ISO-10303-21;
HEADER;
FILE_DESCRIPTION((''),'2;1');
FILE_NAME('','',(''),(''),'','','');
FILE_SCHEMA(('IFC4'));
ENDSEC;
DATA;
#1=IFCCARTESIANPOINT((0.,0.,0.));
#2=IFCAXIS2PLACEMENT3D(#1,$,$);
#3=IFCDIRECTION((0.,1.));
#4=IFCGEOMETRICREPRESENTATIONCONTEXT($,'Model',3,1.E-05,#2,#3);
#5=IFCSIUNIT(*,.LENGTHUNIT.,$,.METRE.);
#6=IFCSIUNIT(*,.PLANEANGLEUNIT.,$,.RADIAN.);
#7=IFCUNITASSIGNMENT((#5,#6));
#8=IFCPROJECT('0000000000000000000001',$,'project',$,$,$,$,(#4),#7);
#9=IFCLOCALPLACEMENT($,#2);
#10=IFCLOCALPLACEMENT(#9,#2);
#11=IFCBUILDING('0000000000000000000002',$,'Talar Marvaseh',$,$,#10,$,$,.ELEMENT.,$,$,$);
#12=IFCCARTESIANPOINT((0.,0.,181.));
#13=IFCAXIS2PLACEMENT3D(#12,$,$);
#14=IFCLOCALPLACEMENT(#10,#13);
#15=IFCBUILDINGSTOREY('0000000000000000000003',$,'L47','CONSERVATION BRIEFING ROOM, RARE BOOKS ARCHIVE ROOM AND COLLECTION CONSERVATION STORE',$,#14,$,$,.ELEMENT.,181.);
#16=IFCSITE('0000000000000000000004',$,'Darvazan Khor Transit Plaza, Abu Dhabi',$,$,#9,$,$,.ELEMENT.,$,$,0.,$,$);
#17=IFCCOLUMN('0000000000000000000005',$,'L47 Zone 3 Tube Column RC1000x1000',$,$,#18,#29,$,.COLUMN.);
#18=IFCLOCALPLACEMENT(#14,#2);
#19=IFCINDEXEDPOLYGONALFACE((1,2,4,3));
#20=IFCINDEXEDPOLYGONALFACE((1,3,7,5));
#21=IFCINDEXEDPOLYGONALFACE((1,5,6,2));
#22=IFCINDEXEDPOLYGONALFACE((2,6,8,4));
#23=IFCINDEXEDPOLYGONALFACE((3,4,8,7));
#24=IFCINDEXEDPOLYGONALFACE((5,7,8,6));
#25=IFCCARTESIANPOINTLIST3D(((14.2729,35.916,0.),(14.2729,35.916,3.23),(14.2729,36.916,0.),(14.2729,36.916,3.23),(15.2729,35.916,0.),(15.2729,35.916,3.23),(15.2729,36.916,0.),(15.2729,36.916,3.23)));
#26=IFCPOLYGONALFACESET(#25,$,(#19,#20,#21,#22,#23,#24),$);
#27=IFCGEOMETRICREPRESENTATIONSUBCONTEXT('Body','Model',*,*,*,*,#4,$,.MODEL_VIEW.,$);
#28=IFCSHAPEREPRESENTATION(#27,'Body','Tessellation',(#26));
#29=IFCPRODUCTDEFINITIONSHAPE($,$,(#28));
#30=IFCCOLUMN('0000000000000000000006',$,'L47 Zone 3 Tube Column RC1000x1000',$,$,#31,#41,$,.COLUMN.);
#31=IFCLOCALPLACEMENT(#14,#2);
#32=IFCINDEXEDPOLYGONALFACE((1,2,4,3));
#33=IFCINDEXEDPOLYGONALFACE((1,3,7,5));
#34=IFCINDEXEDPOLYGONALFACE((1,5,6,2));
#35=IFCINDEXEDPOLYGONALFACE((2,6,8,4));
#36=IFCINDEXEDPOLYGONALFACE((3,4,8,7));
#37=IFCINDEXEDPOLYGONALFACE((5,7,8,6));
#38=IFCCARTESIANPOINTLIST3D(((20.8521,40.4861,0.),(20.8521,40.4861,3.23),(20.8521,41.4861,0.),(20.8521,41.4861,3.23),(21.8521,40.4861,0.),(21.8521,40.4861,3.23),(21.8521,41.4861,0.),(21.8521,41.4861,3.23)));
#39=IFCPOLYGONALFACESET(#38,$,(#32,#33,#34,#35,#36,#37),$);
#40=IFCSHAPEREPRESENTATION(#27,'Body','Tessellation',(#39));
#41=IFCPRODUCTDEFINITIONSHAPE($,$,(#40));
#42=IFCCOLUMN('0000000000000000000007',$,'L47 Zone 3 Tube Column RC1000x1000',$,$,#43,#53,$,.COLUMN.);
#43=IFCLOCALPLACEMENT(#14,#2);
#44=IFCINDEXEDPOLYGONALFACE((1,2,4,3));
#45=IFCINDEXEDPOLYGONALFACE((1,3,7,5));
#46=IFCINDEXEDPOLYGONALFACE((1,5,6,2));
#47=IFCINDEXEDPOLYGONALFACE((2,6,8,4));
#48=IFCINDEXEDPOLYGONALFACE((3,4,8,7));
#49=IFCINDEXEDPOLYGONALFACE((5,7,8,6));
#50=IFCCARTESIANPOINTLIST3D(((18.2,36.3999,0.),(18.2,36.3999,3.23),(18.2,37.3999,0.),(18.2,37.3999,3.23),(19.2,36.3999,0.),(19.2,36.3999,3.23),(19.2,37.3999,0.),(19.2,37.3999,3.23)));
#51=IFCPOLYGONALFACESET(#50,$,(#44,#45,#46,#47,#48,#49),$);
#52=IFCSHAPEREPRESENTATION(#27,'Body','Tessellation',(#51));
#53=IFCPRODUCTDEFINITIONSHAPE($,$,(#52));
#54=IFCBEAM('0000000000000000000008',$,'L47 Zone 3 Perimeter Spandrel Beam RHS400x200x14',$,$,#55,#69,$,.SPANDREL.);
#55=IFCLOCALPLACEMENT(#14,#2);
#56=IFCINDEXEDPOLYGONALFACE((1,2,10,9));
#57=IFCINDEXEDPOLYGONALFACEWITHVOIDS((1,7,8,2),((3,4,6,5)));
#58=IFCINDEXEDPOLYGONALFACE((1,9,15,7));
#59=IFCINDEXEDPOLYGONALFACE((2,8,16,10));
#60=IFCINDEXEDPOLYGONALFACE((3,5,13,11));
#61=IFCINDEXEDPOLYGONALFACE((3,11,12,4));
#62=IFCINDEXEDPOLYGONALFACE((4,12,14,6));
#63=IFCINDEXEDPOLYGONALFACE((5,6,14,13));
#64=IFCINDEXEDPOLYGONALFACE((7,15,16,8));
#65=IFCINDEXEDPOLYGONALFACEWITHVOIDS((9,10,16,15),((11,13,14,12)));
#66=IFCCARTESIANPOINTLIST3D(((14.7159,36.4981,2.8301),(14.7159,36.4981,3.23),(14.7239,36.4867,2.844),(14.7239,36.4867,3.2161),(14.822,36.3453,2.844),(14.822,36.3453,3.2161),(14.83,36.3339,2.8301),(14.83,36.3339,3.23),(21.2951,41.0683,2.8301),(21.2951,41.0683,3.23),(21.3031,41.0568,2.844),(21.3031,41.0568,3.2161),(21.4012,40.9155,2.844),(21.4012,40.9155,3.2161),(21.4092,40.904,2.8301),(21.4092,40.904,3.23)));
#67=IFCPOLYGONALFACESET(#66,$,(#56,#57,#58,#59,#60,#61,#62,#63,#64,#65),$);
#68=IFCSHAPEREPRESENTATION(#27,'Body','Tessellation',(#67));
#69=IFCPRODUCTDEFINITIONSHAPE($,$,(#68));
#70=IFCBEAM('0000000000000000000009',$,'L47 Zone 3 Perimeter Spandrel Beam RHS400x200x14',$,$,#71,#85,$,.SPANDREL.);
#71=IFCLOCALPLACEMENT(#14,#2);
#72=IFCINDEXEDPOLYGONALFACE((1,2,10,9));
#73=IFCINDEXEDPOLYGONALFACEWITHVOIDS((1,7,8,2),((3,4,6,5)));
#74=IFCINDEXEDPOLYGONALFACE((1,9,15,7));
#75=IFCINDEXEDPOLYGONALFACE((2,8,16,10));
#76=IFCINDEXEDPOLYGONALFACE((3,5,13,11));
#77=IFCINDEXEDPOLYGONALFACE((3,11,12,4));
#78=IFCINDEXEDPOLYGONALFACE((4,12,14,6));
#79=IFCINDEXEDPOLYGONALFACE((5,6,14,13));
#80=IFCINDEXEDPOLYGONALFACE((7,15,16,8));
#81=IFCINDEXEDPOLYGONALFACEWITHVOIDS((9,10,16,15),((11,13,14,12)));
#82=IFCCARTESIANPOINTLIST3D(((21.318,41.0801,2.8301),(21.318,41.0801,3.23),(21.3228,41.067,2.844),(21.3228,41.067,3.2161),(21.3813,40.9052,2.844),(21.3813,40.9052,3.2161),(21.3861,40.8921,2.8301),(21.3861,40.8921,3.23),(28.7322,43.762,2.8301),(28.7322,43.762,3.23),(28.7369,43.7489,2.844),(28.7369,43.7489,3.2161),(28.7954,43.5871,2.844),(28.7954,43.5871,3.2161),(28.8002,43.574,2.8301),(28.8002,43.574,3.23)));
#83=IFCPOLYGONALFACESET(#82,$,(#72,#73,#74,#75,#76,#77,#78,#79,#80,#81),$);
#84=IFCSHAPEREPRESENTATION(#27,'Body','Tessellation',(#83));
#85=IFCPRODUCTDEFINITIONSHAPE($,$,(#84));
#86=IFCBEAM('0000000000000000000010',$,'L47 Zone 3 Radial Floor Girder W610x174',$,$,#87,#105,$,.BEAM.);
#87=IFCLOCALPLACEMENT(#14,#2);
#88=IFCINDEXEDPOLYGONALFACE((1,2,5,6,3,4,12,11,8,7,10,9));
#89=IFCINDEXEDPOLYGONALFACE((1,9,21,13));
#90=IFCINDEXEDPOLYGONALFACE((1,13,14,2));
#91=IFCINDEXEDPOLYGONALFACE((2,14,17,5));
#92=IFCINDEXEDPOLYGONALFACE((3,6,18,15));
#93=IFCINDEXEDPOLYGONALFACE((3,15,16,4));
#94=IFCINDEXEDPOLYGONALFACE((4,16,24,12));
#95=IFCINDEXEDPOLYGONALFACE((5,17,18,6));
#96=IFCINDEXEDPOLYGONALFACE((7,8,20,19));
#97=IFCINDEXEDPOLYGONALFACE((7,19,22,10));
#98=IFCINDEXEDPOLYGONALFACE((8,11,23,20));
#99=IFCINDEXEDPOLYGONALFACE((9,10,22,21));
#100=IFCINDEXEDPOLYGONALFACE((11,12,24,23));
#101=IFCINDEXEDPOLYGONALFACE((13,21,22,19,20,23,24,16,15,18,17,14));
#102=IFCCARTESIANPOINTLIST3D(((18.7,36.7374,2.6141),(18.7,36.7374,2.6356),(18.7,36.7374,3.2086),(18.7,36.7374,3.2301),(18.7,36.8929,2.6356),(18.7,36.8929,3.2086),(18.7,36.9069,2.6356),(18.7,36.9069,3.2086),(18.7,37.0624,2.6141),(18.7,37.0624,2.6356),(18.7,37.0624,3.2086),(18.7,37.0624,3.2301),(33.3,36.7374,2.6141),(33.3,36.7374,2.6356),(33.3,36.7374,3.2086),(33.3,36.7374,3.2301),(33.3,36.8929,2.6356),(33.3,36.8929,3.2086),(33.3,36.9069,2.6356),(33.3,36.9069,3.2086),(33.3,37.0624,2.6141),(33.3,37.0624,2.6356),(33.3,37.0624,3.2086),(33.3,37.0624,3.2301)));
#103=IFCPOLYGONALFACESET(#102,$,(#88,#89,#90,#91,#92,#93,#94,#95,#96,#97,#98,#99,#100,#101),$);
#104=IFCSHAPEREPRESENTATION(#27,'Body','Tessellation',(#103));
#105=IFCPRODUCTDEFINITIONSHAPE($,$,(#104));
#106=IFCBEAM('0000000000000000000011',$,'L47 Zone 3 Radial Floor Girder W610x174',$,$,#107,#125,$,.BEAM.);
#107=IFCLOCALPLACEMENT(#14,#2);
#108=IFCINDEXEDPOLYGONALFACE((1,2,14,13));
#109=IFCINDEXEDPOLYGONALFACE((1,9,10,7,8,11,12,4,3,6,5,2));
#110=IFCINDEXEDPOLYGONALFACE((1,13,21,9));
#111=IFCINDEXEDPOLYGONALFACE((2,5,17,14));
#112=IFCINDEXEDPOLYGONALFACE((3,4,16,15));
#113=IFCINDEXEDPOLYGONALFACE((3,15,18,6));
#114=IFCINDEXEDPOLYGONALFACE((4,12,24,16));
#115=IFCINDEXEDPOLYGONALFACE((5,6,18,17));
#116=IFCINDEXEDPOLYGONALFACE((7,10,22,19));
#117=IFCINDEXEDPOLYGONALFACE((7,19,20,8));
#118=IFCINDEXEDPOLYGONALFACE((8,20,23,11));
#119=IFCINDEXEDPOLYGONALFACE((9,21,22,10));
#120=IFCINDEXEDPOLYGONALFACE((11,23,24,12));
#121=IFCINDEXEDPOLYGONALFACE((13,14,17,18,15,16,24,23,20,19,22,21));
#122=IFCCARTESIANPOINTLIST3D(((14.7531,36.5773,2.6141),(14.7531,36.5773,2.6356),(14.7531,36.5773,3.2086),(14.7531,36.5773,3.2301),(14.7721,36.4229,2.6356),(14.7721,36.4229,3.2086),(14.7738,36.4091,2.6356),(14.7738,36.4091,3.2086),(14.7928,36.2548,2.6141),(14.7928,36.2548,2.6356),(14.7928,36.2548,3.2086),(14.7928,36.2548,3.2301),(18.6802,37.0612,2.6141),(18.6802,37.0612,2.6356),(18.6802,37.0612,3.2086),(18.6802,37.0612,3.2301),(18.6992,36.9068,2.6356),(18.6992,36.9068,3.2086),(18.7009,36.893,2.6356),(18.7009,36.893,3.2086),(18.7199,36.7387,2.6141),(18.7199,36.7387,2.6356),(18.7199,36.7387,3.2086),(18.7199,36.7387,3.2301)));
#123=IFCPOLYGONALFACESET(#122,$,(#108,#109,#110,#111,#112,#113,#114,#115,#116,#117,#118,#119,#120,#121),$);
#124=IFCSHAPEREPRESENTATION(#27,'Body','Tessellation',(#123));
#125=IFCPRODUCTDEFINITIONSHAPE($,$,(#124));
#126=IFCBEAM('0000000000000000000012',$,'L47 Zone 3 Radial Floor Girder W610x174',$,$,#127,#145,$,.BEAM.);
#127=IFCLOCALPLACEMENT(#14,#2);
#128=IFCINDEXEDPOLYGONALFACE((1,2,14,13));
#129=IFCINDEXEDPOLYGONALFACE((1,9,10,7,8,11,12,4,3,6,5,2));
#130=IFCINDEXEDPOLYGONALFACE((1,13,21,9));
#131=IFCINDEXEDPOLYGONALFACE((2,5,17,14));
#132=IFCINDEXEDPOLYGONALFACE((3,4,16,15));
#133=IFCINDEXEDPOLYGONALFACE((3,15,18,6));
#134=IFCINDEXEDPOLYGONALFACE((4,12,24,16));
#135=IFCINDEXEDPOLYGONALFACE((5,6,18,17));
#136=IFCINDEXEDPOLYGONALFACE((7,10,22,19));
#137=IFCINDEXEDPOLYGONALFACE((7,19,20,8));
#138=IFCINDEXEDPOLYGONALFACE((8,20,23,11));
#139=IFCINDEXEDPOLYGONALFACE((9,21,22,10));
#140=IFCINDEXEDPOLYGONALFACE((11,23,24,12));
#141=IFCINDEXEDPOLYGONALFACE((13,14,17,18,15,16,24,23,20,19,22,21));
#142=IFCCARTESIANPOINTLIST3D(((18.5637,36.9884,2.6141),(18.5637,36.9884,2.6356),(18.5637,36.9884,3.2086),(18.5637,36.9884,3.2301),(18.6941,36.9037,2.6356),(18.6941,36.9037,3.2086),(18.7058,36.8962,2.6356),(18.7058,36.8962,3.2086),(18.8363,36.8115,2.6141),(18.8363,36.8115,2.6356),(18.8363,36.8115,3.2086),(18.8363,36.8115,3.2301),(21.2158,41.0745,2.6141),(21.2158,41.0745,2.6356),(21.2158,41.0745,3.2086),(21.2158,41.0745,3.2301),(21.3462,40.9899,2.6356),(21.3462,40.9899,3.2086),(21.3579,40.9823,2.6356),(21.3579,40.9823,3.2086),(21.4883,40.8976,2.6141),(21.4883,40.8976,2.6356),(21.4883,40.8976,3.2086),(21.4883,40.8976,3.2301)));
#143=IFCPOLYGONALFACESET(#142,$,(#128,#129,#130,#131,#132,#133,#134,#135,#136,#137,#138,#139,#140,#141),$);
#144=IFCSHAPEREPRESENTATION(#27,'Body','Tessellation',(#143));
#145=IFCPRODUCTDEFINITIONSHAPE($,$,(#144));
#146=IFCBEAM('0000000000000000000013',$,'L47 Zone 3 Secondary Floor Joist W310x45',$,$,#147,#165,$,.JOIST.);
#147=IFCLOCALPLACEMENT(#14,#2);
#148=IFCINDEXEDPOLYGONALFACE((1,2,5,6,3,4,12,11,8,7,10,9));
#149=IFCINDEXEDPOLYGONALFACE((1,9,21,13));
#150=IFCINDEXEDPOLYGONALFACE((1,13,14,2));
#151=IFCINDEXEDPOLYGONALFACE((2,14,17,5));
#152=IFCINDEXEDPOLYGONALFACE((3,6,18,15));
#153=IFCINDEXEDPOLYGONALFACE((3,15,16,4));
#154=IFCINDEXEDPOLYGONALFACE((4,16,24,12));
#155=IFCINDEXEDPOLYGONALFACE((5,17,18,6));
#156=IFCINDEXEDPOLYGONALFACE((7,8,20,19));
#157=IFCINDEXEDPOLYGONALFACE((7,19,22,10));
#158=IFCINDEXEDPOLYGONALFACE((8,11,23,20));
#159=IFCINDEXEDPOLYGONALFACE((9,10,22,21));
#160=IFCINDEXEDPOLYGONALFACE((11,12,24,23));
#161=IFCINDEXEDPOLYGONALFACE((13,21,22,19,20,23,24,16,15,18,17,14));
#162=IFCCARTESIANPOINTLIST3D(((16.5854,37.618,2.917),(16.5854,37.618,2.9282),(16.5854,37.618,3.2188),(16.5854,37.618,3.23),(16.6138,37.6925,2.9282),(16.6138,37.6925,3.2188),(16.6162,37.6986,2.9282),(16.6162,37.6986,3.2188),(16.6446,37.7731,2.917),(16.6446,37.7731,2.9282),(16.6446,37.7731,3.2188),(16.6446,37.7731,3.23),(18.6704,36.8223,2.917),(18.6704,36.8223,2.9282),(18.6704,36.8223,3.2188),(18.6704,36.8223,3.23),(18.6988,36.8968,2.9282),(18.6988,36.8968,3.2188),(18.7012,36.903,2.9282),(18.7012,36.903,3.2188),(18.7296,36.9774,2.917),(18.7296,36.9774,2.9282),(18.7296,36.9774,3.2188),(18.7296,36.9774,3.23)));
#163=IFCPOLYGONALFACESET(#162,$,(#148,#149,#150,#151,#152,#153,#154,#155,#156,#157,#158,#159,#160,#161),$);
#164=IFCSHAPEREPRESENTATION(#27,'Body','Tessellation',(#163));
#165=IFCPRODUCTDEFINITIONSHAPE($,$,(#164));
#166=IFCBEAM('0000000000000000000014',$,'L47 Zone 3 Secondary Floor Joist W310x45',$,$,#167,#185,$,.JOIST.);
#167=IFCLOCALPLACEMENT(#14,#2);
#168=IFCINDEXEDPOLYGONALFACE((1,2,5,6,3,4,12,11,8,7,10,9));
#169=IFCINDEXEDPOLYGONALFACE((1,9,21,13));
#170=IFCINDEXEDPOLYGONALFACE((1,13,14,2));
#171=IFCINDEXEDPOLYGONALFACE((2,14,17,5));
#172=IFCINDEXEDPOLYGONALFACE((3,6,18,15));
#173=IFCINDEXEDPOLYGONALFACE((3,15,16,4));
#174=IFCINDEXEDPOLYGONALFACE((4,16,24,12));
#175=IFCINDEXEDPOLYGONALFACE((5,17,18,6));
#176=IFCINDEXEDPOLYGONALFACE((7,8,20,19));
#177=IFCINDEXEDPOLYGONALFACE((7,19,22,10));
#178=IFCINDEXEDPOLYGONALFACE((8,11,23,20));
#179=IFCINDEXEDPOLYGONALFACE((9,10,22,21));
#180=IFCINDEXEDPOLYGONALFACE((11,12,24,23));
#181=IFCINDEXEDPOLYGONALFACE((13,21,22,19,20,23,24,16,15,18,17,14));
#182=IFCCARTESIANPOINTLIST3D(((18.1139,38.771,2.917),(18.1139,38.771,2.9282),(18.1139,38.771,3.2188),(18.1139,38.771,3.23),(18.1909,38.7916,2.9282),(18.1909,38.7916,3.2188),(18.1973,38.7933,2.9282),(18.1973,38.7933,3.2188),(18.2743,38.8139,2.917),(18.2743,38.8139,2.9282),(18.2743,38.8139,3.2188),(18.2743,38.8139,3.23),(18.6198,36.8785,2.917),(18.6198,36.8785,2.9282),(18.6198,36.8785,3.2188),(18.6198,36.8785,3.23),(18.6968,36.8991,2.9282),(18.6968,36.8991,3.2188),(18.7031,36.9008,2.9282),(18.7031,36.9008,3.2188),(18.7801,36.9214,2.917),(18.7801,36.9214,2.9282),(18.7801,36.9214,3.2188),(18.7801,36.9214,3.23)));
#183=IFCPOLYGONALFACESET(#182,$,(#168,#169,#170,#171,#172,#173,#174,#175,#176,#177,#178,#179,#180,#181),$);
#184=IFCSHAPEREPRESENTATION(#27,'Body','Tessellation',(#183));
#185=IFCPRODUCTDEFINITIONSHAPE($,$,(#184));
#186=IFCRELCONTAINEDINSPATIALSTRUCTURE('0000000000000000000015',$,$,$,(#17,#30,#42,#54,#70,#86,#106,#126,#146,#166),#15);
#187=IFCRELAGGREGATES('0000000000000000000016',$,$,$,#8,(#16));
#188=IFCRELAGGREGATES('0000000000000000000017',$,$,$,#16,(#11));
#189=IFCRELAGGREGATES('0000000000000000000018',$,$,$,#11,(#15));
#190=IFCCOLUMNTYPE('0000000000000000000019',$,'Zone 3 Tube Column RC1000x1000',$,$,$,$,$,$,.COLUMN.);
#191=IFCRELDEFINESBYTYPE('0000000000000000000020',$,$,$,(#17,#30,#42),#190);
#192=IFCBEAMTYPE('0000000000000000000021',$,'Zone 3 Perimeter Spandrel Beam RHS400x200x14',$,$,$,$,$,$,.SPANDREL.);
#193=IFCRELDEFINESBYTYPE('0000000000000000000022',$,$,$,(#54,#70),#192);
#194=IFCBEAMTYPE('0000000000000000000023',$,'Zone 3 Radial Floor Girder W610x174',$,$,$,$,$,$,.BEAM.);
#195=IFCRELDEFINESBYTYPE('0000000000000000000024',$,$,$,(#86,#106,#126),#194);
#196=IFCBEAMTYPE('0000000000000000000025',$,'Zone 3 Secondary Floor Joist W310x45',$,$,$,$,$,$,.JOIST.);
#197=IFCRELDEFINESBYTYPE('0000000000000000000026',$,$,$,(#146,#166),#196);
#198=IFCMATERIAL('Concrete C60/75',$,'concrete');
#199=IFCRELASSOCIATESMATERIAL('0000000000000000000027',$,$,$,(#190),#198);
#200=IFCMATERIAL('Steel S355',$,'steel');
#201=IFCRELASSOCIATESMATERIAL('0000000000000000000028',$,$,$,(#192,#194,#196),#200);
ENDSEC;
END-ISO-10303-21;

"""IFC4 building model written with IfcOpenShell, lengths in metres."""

from ifc_helpers import new_model, si_unit, direction, frame, origin, origin_2d, place, context, subcontext, project, spatial, rectangle, hollow_rectangle, i_section, extrude, material, material_profile, profile_set, type_object, element, save


model = new_model("IFC4")

# Units and contexts
model_context = context("Model", 3, precision=1e-05, world=origin(), true_north=direction((0.0, 1.0)))
body_context = subcontext(model_context, "Body", "Model", "MODEL_VIEW")
ifc_project = project(units=[si_unit("LENGTHUNIT", "METRE"), si_unit("PLANEANGLEUNIT", "RADIAN")], contexts=[model_context])

# Site, building, storey
site_placement = place(None, origin())
site = spatial("IfcSite", under=ifc_project, at=site_placement, Name="Darvazan Khor Transit Plaza, Abu Dhabi", CompositionType="ELEMENT", RefElevation=0.0)
building_placement = place(site_placement, origin())
building = spatial("IfcBuilding", under=site, at=building_placement, Name="Talar Marvaseh", CompositionType="ELEMENT")
storey_placement = place(building_placement, frame((0.0, 0.0, 181.0)))
storey = spatial("IfcBuildingStorey", under=building, at=storey_placement, Name="L47", Description="CONSERVATION BRIEFING ROOM, RARE BOOKS ARCHIVE ROOM AND COLLECTION CONSERVATION STORE", CompositionType="ELEMENT", Elevation=181.0)

# Columns
ifc_material_1 = material(Name="Concrete C60/75", Category="concrete")
ifc_material_profile_1 = material_profile(ifc_material_1, rectangle(XDim=1.0, YDim=1.0, at=origin_2d()), Name="RC1000x1000")
ifc_profile_set_1 = profile_set([ifc_material_profile_1], Name="Concrete C60/75")
column_type = type_object("IfcColumnType", Name="Zone 3 Tube Column RC1000x1000", PredefinedType="COLUMN", material=ifc_profile_set_1)
for number, where, z_axis, x_axis, name in (
    (1, (14.7729, 36.416, 0.0), (0.0, 0.0, 1.0), (1.0, 0.0, 0.0), "L47 Zone 3 Tube Column RC1000x1000"),
    (2, (21.3521, 40.9861, 0.0), (0.0, 0.0, 1.0), (1.0, 0.0, 0.0), "L47 Zone 3 Tube Column RC1000x1000"),
    (3, (18.7, 36.8999, 0.0), (0.0, 0.0, 1.0), (1.0, 0.0, 0.0), "L47 Zone 3 Tube Column RC1000x1000"),
):
    element("IfcColumn", number, at=place(storey_placement, frame(where, z_axis=z_axis, x_axis=x_axis)), inside=storey, type_object=column_type, Name=name, PredefinedType="COLUMN", context=body_context, shape_type="SweptSolid", body=[
        extrude(rectangle(XDim=1.0, YDim=1.0, at=origin_2d()), origin(), (0.0, 0.0, 1.0), 3.23),
    ])

# Beams
ifc_material_2 = material(Name="Steel S355", Category="steel")
ifc_material_profile_2 = material_profile(ifc_material_2, hollow_rectangle(XDim=0.2, YDim=0.3999, WallThickness=0.0139, at=origin_2d()), Name="RHS400x200x14")
ifc_profile_set_2 = profile_set([ifc_material_profile_2], Name="Steel S355")
beam_type_1 = type_object("IfcBeamType", Name="Zone 3 Perimeter Spandrel Beam RHS400x200x14", PredefinedType="SPANDREL", material=ifc_profile_set_2)
beam_1_placement = place(storey_placement, frame((14.7729, 36.416, 3.03), z_axis=(0.821297, 0.570501, 0.0), x_axis=(-0.570501, 0.821297, 0.0)))
element("IfcBeam", 4, at=beam_1_placement, inside=storey, type_object=beam_type_1, Name="L47 Zone 3 Perimeter Spandrel Beam RHS400x200x14", PredefinedType="SPANDREL", context=body_context, shape_type="SweptSolid", body=[
    extrude(hollow_rectangle(XDim=0.2, YDim=0.3999, WallThickness=0.0139, at=origin_2d()), origin(), (0.0, 0.0, 1.0), 8.0107),
])
beam_2_placement = place(storey_placement, frame((21.3521, 40.9861, 3.03), z_axis=(0.940368, 0.340159, 0.0), x_axis=(-0.340159, 0.940368, 0.0)))
element("IfcBeam", 5, at=beam_2_placement, inside=storey, type_object=beam_type_1, Name="L47 Zone 3 Perimeter Spandrel Beam RHS400x200x14", PredefinedType="SPANDREL", context=body_context, shape_type="SweptSolid", body=[
    extrude(hollow_rectangle(XDim=0.2, YDim=0.3999, WallThickness=0.0139, at=origin_2d()), origin(), (0.0, 0.0, 1.0), 7.8843),
])
ifc_material_profile_3 = material_profile(ifc_material_2, i_section(OverallWidth=0.325, OverallDepth=0.616, WebThickness=0.0139, FlangeThickness=0.0215, at=origin_2d()), Name="W610x174")
ifc_profile_set_3 = profile_set([ifc_material_profile_3], Name="Steel S355")
beam_type_2 = type_object("IfcBeamType", Name="Zone 3 Radial Floor Girder W610x174", PredefinedType="BEAM", material=ifc_profile_set_3)
beam_3_placement = place(storey_placement, frame((18.7, 36.8999, 2.9221), z_axis=(1.0, 0.0, 0.0), x_axis=(0.0, 1.0, 0.0)))
element("IfcBeam", 6, at=beam_3_placement, inside=storey, type_object=beam_type_2, Name="L47 Zone 3 Radial Floor Girder W610x174", PredefinedType="BEAM", context=body_context, shape_type="SweptSolid", body=[
    extrude(i_section(OverallWidth=0.325, OverallDepth=0.616, WebThickness=0.0139, FlangeThickness=0.0215, at=origin_2d()), origin(), (0.0, 0.0, 1.0), 14.6001),
])
beam_4_placement = place(storey_placement, frame((14.7729, 36.416, 2.9221), z_axis=(0.992494, 0.122295, 0.0), x_axis=(-0.122295, 0.992494, 0.0)))
element("IfcBeam", 7, at=beam_4_placement, inside=storey, type_object=beam_type_2, Name="L47 Zone 3 Radial Floor Girder W610x174", PredefinedType="BEAM", context=body_context, shape_type="SweptSolid", body=[
    extrude(i_section(OverallWidth=0.325, OverallDepth=0.616, WebThickness=0.0139, FlangeThickness=0.0215, at=origin_2d()), origin(), (0.0, 0.0, 1.0), 3.9568),
])
beam_5_placement = place(storey_placement, frame((21.3521, 40.9861, 2.9221), z_axis=(-0.544423, -0.838811, 0.0), x_axis=(0.838811, -0.544423, 0.0)))
element("IfcBeam", 8, at=beam_5_placement, inside=storey, type_object=beam_type_2, Name="L47 Zone 3 Radial Floor Girder W610x174", PredefinedType="BEAM", context=body_context, shape_type="SweptSolid", body=[
    extrude(i_section(OverallWidth=0.325, OverallDepth=0.616, WebThickness=0.0139, FlangeThickness=0.0215, at=origin_2d()), origin(), (0.0, 0.0, 1.0), 4.8713),
])
ifc_material_profile_4 = material_profile(ifc_material_2, i_section(OverallWidth=0.166, OverallDepth=0.313, WebThickness=0.0066, FlangeThickness=0.0112, at=origin_2d()), Name="W310x45")
ifc_profile_set_4 = profile_set([ifc_material_profile_4], Name="Steel S355")
beam_type_3 = type_object("IfcBeamType", Name="Zone 3 Secondary Floor Joist W310x45", PredefinedType="JOIST", material=ifc_profile_set_4)
beam_6_placement = place(storey_placement, frame((16.615, 37.6956, 3.0735), z_axis=(0.934281, -0.356537, 0.0), x_axis=(0.356537, 0.934281, 0.0)))
element("IfcBeam", 9, at=beam_6_placement, inside=storey, type_object=beam_type_3, Name="L47 Zone 3 Secondary Floor Joist W310x45", PredefinedType="JOIST", context=body_context, shape_type="SweptSolid", body=[
    extrude(i_section(OverallWidth=0.166, OverallDepth=0.313, WebThickness=0.0066, FlangeThickness=0.0112, at=origin_2d()), origin(), (0.0, 0.0, 1.0), 2.2317),
])
beam_7_placement = place(storey_placement, frame((18.1941, 38.7925, 3.0735), z_axis=(0.258221, -0.966086, 0.0), x_axis=(0.966086, 0.258221, 0.0)))
element("IfcBeam", 10, at=beam_7_placement, inside=storey, type_object=beam_type_3, Name="L47 Zone 3 Secondary Floor Joist W310x45", PredefinedType="JOIST", context=body_context, shape_type="SweptSolid", body=[
    extrude(i_section(OverallWidth=0.166, OverallDepth=0.313, WebThickness=0.0066, FlangeThickness=0.0112, at=origin_2d()), origin(), (0.0, 0.0, 1.0), 1.959),
])

save(model, "model.ifc")
